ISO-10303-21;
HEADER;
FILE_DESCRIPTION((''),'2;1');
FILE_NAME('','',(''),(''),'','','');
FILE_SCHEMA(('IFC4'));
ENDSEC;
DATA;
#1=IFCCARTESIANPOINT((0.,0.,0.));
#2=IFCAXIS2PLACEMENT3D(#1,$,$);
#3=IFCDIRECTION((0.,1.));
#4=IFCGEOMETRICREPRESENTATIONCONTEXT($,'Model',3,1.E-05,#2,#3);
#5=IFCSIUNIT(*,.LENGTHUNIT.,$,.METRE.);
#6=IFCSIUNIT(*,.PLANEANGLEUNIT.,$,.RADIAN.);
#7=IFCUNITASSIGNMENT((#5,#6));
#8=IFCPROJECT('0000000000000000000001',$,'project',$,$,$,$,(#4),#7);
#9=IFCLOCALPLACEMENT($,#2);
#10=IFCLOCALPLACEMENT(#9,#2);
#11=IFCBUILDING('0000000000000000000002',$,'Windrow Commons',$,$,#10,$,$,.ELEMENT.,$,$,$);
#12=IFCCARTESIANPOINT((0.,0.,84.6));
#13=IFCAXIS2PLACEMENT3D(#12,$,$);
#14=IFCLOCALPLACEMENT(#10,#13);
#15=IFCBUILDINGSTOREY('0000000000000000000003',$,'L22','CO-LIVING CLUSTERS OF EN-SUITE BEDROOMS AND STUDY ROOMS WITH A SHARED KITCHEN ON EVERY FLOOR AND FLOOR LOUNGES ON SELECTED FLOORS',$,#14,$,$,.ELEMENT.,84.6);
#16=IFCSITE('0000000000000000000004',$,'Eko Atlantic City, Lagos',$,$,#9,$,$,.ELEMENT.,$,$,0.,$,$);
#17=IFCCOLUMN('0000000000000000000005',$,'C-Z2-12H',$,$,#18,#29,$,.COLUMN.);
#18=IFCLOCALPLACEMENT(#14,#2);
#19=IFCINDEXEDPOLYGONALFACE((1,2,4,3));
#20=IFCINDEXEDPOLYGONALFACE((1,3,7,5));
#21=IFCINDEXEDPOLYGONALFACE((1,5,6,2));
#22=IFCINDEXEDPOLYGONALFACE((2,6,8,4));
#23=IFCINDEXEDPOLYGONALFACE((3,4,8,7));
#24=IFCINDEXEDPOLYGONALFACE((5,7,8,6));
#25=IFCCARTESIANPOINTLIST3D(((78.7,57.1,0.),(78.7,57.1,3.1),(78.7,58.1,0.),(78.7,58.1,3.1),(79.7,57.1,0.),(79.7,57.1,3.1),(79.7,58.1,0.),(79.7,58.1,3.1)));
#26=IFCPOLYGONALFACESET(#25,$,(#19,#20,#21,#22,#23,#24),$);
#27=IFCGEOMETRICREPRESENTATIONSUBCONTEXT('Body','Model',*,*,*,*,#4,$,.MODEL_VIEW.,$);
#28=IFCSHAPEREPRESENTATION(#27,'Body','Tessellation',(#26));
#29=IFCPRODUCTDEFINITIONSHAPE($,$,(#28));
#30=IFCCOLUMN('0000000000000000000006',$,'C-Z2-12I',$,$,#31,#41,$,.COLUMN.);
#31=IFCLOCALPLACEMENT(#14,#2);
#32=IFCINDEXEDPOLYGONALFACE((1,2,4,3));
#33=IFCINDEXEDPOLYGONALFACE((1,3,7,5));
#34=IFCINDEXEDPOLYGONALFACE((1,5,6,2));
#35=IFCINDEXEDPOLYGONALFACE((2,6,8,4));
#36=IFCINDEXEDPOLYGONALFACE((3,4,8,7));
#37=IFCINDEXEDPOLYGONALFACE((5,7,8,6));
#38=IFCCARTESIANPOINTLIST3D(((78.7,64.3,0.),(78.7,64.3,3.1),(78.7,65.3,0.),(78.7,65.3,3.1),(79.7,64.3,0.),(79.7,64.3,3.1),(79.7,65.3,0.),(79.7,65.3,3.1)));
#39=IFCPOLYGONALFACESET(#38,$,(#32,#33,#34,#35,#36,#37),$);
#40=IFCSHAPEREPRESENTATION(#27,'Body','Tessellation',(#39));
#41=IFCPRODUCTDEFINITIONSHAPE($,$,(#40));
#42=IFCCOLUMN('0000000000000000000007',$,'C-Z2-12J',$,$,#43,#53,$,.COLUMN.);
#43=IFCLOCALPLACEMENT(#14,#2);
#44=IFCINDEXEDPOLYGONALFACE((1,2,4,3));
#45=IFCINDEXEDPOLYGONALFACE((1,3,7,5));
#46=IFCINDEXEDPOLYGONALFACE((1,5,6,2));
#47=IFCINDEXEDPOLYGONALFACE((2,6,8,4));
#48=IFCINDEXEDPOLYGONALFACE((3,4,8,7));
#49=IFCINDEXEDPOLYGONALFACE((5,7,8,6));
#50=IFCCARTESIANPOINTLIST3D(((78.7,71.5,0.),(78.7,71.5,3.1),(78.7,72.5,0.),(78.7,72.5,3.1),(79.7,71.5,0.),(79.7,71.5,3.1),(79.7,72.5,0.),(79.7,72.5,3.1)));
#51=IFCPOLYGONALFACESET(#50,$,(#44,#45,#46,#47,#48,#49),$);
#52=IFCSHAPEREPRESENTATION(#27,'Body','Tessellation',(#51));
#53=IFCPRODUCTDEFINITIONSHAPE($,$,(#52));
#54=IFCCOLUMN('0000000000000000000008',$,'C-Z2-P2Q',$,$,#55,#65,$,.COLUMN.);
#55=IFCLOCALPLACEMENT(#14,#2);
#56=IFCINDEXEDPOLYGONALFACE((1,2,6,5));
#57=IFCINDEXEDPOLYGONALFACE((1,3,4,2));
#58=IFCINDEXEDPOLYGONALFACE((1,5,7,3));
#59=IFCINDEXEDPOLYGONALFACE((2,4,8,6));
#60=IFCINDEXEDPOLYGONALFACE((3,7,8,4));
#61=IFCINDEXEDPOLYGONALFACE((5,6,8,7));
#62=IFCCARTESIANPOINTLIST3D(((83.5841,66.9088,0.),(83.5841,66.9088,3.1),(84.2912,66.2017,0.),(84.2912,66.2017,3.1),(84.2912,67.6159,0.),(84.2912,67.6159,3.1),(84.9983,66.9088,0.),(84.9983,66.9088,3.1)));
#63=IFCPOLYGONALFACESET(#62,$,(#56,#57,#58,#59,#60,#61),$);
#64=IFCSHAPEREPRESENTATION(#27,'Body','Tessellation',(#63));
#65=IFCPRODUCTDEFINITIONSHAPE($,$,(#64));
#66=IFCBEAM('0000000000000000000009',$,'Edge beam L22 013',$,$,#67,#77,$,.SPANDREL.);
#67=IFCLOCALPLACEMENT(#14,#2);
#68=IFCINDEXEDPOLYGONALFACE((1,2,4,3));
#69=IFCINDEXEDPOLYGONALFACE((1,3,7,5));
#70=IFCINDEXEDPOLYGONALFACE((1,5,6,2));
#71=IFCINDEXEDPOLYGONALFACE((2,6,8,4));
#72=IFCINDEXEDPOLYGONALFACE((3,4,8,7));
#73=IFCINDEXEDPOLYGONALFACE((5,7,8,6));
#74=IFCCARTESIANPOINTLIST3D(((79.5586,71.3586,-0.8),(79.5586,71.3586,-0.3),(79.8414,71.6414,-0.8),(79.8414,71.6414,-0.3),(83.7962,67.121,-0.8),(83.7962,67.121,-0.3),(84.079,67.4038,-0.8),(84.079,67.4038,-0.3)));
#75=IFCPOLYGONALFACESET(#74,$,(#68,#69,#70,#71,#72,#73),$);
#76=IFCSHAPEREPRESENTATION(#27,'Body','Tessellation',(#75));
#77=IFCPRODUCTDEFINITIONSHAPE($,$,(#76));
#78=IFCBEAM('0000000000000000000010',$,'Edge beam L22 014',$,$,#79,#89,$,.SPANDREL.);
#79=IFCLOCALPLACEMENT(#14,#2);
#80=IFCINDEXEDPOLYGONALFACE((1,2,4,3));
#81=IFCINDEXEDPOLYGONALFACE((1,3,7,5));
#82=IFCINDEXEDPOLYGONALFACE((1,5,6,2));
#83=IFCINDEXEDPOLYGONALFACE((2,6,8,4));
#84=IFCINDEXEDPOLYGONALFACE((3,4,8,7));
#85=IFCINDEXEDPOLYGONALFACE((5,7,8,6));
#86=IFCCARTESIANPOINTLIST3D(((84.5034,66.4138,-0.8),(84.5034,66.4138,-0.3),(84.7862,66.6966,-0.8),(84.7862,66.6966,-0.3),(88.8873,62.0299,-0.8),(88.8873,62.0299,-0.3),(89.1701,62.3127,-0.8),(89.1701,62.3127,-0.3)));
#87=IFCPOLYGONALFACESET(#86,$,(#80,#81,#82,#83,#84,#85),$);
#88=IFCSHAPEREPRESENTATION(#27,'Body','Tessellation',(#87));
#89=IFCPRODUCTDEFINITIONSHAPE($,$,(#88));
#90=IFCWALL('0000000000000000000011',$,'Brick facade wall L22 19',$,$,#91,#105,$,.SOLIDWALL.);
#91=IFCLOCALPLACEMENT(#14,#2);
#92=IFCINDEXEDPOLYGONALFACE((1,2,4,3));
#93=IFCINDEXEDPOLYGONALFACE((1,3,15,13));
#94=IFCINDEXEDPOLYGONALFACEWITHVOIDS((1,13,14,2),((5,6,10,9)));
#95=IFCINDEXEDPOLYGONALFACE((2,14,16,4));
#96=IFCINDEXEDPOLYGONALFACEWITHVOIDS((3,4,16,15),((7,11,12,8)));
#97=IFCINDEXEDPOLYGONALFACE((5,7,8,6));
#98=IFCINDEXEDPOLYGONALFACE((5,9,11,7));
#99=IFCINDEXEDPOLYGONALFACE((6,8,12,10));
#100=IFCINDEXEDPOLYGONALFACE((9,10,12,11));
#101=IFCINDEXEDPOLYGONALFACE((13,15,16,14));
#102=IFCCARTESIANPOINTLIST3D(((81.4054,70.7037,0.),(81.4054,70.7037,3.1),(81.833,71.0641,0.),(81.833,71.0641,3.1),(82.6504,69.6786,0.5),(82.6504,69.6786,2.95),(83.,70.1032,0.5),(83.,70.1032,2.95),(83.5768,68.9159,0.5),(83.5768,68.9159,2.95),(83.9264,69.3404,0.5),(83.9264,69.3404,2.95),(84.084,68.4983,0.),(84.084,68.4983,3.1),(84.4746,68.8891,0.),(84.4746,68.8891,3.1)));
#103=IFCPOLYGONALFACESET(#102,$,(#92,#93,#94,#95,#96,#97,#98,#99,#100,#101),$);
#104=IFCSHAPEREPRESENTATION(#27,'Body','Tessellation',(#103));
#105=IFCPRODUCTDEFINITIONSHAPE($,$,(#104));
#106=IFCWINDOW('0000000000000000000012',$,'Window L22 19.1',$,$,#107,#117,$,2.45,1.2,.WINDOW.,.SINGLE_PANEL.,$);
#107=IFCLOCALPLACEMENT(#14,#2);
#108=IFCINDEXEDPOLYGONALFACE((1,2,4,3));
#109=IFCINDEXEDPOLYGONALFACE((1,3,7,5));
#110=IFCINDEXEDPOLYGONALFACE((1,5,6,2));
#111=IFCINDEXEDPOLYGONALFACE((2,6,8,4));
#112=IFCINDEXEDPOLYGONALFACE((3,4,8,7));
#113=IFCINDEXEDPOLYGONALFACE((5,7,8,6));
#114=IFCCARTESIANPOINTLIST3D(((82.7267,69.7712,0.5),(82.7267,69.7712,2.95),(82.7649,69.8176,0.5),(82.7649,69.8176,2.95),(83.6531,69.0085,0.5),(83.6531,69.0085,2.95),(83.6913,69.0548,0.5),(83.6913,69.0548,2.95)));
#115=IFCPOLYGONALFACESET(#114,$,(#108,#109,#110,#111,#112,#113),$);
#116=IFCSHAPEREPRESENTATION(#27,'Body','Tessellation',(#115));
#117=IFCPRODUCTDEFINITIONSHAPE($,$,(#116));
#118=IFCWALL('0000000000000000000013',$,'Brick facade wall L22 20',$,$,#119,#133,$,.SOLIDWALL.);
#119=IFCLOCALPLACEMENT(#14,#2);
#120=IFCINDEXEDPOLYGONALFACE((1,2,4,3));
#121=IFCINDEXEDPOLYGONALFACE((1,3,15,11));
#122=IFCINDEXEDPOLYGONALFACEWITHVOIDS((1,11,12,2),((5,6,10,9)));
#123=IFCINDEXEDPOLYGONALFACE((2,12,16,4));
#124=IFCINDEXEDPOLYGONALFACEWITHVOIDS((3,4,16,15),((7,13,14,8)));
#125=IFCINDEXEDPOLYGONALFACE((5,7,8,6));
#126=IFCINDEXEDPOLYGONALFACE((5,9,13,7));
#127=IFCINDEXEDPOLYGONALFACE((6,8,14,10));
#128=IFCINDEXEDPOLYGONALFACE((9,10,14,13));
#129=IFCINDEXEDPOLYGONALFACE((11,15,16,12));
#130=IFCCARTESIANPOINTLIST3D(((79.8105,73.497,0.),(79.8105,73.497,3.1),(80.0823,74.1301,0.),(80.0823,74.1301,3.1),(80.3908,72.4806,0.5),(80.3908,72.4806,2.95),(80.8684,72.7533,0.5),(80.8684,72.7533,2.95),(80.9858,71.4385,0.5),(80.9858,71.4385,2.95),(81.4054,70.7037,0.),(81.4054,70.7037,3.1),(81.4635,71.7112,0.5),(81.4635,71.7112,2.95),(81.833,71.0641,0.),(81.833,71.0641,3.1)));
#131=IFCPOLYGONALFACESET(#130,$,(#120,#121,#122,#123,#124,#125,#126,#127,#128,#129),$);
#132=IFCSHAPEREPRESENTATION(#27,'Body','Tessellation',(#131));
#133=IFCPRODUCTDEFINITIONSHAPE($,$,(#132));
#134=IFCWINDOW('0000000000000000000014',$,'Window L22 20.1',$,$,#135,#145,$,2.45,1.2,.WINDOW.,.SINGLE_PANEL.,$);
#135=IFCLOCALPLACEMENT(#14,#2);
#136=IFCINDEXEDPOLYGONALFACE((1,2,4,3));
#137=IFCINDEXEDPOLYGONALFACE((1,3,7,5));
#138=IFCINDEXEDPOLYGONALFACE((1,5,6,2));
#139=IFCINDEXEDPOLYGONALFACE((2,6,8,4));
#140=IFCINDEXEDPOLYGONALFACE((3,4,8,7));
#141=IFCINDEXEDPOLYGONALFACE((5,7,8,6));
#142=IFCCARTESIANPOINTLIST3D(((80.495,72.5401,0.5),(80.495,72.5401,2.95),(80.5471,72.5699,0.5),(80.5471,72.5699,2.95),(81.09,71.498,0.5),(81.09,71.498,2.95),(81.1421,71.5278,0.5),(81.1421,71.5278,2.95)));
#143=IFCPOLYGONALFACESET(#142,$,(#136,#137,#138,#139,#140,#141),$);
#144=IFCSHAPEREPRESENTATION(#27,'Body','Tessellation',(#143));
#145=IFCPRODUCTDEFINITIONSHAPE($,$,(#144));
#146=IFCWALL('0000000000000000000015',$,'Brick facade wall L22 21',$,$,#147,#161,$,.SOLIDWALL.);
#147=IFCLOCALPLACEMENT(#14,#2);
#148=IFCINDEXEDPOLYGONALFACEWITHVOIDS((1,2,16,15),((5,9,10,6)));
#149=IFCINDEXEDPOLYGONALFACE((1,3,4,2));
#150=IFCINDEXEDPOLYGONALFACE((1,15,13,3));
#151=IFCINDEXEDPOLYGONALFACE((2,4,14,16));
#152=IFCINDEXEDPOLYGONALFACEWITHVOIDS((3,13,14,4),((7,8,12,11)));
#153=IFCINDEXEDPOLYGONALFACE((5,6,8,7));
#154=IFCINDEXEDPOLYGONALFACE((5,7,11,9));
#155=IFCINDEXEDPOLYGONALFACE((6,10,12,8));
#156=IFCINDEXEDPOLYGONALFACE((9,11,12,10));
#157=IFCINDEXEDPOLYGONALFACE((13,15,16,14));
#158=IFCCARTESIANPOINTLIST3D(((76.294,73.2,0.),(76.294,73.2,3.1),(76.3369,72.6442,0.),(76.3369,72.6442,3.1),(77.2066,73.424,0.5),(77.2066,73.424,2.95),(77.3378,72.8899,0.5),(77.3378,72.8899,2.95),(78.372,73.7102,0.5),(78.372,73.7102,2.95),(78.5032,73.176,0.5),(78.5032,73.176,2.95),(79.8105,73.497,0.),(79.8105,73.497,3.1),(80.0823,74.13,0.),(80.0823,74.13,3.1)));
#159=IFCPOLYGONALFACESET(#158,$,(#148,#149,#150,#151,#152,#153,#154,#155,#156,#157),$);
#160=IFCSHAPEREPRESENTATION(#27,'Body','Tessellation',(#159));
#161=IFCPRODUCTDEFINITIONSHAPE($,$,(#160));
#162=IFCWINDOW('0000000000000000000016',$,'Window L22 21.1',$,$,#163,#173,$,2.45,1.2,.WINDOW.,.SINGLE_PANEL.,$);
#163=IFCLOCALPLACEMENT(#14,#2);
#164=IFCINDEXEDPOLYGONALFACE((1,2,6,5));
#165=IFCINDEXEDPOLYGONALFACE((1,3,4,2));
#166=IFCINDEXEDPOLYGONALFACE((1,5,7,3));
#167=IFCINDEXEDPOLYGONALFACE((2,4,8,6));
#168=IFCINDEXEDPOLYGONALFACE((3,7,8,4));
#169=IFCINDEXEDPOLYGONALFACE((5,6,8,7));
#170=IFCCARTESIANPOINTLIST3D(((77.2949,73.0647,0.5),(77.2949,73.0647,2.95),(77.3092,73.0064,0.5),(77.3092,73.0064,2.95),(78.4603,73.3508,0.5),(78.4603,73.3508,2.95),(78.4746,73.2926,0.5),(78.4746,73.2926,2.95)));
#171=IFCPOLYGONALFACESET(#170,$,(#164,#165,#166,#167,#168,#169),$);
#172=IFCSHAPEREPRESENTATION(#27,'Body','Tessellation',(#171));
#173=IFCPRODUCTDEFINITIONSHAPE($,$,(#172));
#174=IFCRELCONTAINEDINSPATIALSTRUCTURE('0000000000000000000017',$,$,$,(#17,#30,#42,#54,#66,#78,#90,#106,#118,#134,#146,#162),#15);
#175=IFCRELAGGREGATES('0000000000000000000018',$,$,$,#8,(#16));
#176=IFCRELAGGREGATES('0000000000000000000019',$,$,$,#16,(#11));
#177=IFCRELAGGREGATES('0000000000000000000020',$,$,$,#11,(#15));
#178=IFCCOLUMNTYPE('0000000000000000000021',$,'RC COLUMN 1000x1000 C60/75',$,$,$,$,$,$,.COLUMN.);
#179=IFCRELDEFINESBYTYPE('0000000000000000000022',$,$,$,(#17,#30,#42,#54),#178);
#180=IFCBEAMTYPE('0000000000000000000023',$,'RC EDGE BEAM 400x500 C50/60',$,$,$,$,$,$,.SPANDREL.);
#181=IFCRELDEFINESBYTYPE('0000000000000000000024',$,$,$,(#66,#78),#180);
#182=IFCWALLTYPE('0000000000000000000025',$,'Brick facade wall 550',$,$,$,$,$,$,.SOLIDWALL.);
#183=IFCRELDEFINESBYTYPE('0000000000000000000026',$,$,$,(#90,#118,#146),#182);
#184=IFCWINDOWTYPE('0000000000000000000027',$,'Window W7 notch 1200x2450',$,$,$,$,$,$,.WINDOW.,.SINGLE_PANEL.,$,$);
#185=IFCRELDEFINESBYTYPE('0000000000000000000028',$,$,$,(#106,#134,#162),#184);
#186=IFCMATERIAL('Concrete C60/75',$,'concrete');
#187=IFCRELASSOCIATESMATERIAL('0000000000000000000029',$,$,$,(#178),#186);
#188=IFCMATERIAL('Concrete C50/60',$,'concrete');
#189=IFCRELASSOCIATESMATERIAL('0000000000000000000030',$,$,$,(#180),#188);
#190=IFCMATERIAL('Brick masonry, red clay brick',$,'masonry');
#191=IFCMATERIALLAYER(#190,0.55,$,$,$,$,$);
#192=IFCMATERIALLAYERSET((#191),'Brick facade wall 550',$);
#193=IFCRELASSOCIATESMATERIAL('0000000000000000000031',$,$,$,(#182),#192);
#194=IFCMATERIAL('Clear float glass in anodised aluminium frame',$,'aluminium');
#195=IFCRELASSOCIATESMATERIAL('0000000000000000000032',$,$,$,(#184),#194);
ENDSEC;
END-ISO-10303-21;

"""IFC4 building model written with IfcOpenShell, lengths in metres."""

from ifc_helpers import new_model, si_unit, direction, frame, frame_2d, origin, origin_2d, place, context, subcontext, project, spatial, polyline, rectangle, outline, extrude, material, layer, layer_set, material_profile, profile_set, type_object, element, fill, save


model = new_model("IFC4")

# Units and contexts
model_context = context("Model", 3, precision=1e-05, world=origin(), true_north=direction((0.0, 1.0)))
body_context = subcontext(model_context, "Body", "Model", "MODEL_VIEW")
ifc_project = project(units=[si_unit("LENGTHUNIT", "METRE"), si_unit("PLANEANGLEUNIT", "RADIAN")], contexts=[model_context])

# Site, building, storey
site_placement = place(None, origin())
site = spatial("IfcSite", under=ifc_project, at=site_placement, Name="Eko Atlantic City, Lagos", CompositionType="ELEMENT", RefElevation=0.0)
building_placement = place(site_placement, origin())
building = spatial("IfcBuilding", under=site, at=building_placement, Name="Windrow Commons", CompositionType="ELEMENT")
storey_placement = place(building_placement, frame((0.0, 0.0, 84.6)))
storey = spatial("IfcBuildingStorey", under=building, at=storey_placement, Name="L22", Description="CO-LIVING CLUSTERS OF EN-SUITE BEDROOMS AND STUDY ROOMS WITH A SHARED KITCHEN ON EVERY FLOOR AND FLOOR LOUNGES ON SELECTED FLOORS", CompositionType="ELEMENT", Elevation=84.6)

# Columns
ifc_material_1 = material(Name="Concrete C60/75", Category="concrete")
ifc_material_profile_1 = material_profile(ifc_material_1, rectangle(XDim=1.0, YDim=1.0, at=origin_2d()))
ifc_profile_set_1 = profile_set([ifc_material_profile_1], Name="Concrete C60/75")
column_type = type_object("IfcColumnType", Name="RC COLUMN 1000x1000 C60/75", PredefinedType="COLUMN", material=ifc_profile_set_1)
for number, where, z_axis, x_axis, name in (
    (1, (79.2, 57.6, 0.0), (0.0, 0.0, 1.0), (1.0, 0.0, 0.0), "C-Z2-12H"),
    (2, (79.2, 64.8, 0.0), (0.0, 0.0, 1.0), (1.0, 0.0, 0.0), "C-Z2-12I"),
    (3, (79.2, 72.0, 0.0), (0.0, 0.0, 1.0), (1.0, 0.0, 0.0), "C-Z2-12J"),
    (4, (84.2912, 66.9088, 0.0), (0.0, 0.0, 1.0), (0.707107, -0.707107, 0.0), "C-Z2-P2Q"),
):
    element("IfcColumn", number, at=place(storey_placement, frame(where, z_axis=z_axis, x_axis=x_axis)), inside=storey, type_object=column_type, Name=name, PredefinedType="COLUMN", context=body_context, shape_type="SweptSolid", body=[
        extrude(rectangle(XDim=1.0, YDim=1.0, at=origin_2d()), origin(), (0.0, 0.0, 1.0), 3.1),
    ])

# Beams
ifc_material_2 = material(Name="Concrete C50/60", Category="concrete")
ifc_material_profile_2 = material_profile(ifc_material_2, rectangle(XDim=0.4, YDim=0.5, at=origin_2d()))
ifc_profile_set_2 = profile_set([ifc_material_profile_2], Name="Concrete C50/60")
beam_type = type_object("IfcBeamType", Name="RC EDGE BEAM 400x500 C50/60", PredefinedType="SPANDREL", material=ifc_profile_set_2)
beam_1_placement = place(storey_placement, frame((79.7, 71.5, -0.55), z_axis=(0.707107, -0.707107, 0.0), x_axis=(0.707107, 0.707107, 0.0)))
element("IfcBeam", 5, at=beam_1_placement, inside=storey, type_object=beam_type, Name="Edge beam L22 013", PredefinedType="SPANDREL", context=body_context, shape_type="SweptSolid", body=[
    extrude(rectangle(XDim=0.4, YDim=0.5, at=origin_2d()), origin(), (0.0, 0.0, 1.0), 5.9929),
])
beam_2_placement = place(storey_placement, frame((84.6448, 66.5552, -0.55), z_axis=(0.707107, -0.707107, 0.0), x_axis=(0.707107, 0.707107, 0.0)))
element("IfcBeam", 6, at=beam_2_placement, inside=storey, type_object=beam_type, Name="Edge beam L22 014", PredefinedType="SPANDREL", context=body_context, shape_type="SweptSolid", body=[
    extrude(rectangle(XDim=0.4, YDim=0.5, at=origin_2d()), origin(), (0.0, 0.0, 1.0), 6.1998),
])

# Walls, openings, windows
ifc_material_3 = material(Name="Brick masonry, red clay brick", Category="masonry")
ifc_layer_1 = layer(ifc_material_3, 0.55)
ifc_layer_set_1 = layer_set([ifc_layer_1], Name="Brick facade wall 550")
wall_type_1 = type_object("IfcWallType", Name="Brick facade wall 550", PredefinedType="SOLIDWALL", material=ifc_layer_set_1)
wall_1_placement = place(storey_placement, frame((84.2793, 68.6937, 0.0), z_axis=(0.0, 0.0, 1.0), x_axis=(-0.771997, 0.635626, 0.0)))
wall_1 = element("IfcWall", 7, at=wall_1_placement, inside=storey, type_object=wall_type_1, Name="Brick facade wall L22 19", PredefinedType="SOLIDWALL", context=body_context, shape_type="SweptSolid", body=[
    extrude(outline(polyline([(-0.0266, -0.275), (3.3952, -0.275), (3.4962, 0.275), (0.0266, 0.275), (-0.0266, -0.275)])), origin(), (0.0, 0.0, 1.0), 3.1),
])
opening_1_placement = place(wall_1_placement, frame((0.6835, 0.0, 0.5)))
opening_1 = element("IfcOpeningElement", 8, at=opening_1_placement, cuts=wall_1, PredefinedType="OPENING", context=body_context, shape_type="SweptSolid", body=[
    extrude(rectangle(XDim=1.2, YDim=2.45, at=frame_2d((0.6, 1.225))), frame((0.0, 0.285, 0.0), z_axis=(0.0, -1.0, 0.0), x_axis=(1.0, 0.0, 0.0)), (0.0, 0.0, 1.0), 0.57),
])
ifc_material_4 = material(Name="Clear float glass in anodised aluminium frame", Category="aluminium")
window_type = type_object("IfcWindowType", Name="Window W7 notch 1200x2450", PartitioningType="SINGLE_PANEL", PredefinedType="WINDOW", material=ifc_material_4)
window_1_placement = place(opening_1_placement, origin())
window_1 = element("IfcWindow", 9, at=window_1_placement, inside=storey, type_object=window_type, Name="Window L22 19.1", OverallHeight=2.45, OverallWidth=1.2, PartitioningType="SINGLE_PANEL", PredefinedType="WINDOW", context=body_context, shape_type="SweptSolid", body=[
    extrude(rectangle(XDim=1.2, YDim=2.45, at=frame_2d((0.6, 1.225))), frame((0.0, 0.155, 0.0), z_axis=(0.0, -1.0, 0.0), x_axis=(1.0, 0.0, 0.0)), (0.0, 0.0, 1.0), 0.06),
])
fill(opening_1, window_1)
wall_2_placement = place(storey_placement, frame((81.6192, 70.8839, 0.0), z_axis=(0.0, 0.0, 1.0), x_axis=(-0.495858, 0.868404, 0.0)))
wall_2 = element("IfcWall", 10, at=wall_2_placement, inside=storey, type_object=wall_type_1, Name="Brick facade wall L22 20", PredefinedType="SOLIDWALL", context=body_context, shape_type="SweptSolid", body=[
    extrude(outline(polyline([(0.0505, -0.275), (3.5811, -0.275), (3.1661, 0.275), (-0.0505, 0.275), (0.0505, -0.275)])), origin(), (0.0, 0.0, 1.0), 3.1),
])
opening_2_placement = place(wall_2_placement, frame((0.7957, 0.0, 0.5)))
opening_2 = element("IfcOpeningElement", 11, at=opening_2_placement, cuts=wall_2, PredefinedType="OPENING", context=body_context, shape_type="SweptSolid", body=[
    extrude(rectangle(XDim=1.2, YDim=2.45, at=frame_2d((0.6, 1.225))), frame((0.0, 0.285, 0.0), z_axis=(0.0, -1.0, 0.0), x_axis=(1.0, 0.0, 0.0)), (0.0, 0.0, 1.0), 0.57),
])
window_2_placement = place(opening_2_placement, origin())
window_2 = element("IfcWindow", 12, at=window_2_placement, inside=storey, type_object=window_type, Name="Window L22 20.1", OverallHeight=2.45, OverallWidth=1.2, PartitioningType="SINGLE_PANEL", PredefinedType="WINDOW", context=body_context, shape_type="SweptSolid", body=[
    extrude(rectangle(XDim=1.2, YDim=2.45, at=frame_2d((0.6, 1.225))), frame((0.0, 0.155, 0.0), z_axis=(0.0, -1.0, 0.0), x_axis=(1.0, 0.0, 0.0)), (0.0, 0.0, 1.0), 0.06),
])
fill(opening_2, window_2)
wall_3_placement = place(storey_placement, frame((79.9464, 73.8135, 0.0), z_axis=(0.0, 0.0, 1.0), x_axis=(-0.971161, -0.238424, 0.0)))
wall_3 = element("IfcWall", 13, at=wall_3_placement, inside=storey, type_object=wall_type_1, Name="Brick facade wall L22 21", PredefinedType="SOLIDWALL", context=body_context, shape_type="SweptSolid", body=[
    extrude(outline(polyline([(-0.2075, -0.275), (3.6933, -0.275), (3.7842, 0.275), (0.2075, 0.275), (-0.2075, -0.275)])), origin(), (0.0, 0.0, 1.0), 3.1),
])
opening_3_placement = place(wall_3_placement, frame((1.5536, 0.0, 0.5)))
opening_3 = element("IfcOpeningElement", 14, at=opening_3_placement, cuts=wall_3, PredefinedType="OPENING", context=body_context, shape_type="SweptSolid", body=[
    extrude(rectangle(XDim=1.2, YDim=2.45, at=frame_2d((0.6, 1.225))), frame((0.0, 0.285, 0.0), z_axis=(0.0, -1.0, 0.0), x_axis=(1.0, 0.0, 0.0)), (0.0, 0.0, 1.0), 0.57),
])
window_3_placement = place(opening_3_placement, origin())
window_3 = element("IfcWindow", 15, at=window_3_placement, inside=storey, type_object=window_type, Name="Window L22 21.1", OverallHeight=2.45, OverallWidth=1.2, PartitioningType="SINGLE_PANEL", PredefinedType="WINDOW", context=body_context, shape_type="SweptSolid", body=[
    extrude(rectangle(XDim=1.2, YDim=2.45, at=frame_2d((0.6, 1.225))), frame((0.0, 0.155, 0.0), z_axis=(0.0, -1.0, 0.0), x_axis=(1.0, 0.0, 0.0)), (0.0, 0.0, 1.0), 0.06),
])
fill(opening_3, window_3)

save(model, "model.ifc")
